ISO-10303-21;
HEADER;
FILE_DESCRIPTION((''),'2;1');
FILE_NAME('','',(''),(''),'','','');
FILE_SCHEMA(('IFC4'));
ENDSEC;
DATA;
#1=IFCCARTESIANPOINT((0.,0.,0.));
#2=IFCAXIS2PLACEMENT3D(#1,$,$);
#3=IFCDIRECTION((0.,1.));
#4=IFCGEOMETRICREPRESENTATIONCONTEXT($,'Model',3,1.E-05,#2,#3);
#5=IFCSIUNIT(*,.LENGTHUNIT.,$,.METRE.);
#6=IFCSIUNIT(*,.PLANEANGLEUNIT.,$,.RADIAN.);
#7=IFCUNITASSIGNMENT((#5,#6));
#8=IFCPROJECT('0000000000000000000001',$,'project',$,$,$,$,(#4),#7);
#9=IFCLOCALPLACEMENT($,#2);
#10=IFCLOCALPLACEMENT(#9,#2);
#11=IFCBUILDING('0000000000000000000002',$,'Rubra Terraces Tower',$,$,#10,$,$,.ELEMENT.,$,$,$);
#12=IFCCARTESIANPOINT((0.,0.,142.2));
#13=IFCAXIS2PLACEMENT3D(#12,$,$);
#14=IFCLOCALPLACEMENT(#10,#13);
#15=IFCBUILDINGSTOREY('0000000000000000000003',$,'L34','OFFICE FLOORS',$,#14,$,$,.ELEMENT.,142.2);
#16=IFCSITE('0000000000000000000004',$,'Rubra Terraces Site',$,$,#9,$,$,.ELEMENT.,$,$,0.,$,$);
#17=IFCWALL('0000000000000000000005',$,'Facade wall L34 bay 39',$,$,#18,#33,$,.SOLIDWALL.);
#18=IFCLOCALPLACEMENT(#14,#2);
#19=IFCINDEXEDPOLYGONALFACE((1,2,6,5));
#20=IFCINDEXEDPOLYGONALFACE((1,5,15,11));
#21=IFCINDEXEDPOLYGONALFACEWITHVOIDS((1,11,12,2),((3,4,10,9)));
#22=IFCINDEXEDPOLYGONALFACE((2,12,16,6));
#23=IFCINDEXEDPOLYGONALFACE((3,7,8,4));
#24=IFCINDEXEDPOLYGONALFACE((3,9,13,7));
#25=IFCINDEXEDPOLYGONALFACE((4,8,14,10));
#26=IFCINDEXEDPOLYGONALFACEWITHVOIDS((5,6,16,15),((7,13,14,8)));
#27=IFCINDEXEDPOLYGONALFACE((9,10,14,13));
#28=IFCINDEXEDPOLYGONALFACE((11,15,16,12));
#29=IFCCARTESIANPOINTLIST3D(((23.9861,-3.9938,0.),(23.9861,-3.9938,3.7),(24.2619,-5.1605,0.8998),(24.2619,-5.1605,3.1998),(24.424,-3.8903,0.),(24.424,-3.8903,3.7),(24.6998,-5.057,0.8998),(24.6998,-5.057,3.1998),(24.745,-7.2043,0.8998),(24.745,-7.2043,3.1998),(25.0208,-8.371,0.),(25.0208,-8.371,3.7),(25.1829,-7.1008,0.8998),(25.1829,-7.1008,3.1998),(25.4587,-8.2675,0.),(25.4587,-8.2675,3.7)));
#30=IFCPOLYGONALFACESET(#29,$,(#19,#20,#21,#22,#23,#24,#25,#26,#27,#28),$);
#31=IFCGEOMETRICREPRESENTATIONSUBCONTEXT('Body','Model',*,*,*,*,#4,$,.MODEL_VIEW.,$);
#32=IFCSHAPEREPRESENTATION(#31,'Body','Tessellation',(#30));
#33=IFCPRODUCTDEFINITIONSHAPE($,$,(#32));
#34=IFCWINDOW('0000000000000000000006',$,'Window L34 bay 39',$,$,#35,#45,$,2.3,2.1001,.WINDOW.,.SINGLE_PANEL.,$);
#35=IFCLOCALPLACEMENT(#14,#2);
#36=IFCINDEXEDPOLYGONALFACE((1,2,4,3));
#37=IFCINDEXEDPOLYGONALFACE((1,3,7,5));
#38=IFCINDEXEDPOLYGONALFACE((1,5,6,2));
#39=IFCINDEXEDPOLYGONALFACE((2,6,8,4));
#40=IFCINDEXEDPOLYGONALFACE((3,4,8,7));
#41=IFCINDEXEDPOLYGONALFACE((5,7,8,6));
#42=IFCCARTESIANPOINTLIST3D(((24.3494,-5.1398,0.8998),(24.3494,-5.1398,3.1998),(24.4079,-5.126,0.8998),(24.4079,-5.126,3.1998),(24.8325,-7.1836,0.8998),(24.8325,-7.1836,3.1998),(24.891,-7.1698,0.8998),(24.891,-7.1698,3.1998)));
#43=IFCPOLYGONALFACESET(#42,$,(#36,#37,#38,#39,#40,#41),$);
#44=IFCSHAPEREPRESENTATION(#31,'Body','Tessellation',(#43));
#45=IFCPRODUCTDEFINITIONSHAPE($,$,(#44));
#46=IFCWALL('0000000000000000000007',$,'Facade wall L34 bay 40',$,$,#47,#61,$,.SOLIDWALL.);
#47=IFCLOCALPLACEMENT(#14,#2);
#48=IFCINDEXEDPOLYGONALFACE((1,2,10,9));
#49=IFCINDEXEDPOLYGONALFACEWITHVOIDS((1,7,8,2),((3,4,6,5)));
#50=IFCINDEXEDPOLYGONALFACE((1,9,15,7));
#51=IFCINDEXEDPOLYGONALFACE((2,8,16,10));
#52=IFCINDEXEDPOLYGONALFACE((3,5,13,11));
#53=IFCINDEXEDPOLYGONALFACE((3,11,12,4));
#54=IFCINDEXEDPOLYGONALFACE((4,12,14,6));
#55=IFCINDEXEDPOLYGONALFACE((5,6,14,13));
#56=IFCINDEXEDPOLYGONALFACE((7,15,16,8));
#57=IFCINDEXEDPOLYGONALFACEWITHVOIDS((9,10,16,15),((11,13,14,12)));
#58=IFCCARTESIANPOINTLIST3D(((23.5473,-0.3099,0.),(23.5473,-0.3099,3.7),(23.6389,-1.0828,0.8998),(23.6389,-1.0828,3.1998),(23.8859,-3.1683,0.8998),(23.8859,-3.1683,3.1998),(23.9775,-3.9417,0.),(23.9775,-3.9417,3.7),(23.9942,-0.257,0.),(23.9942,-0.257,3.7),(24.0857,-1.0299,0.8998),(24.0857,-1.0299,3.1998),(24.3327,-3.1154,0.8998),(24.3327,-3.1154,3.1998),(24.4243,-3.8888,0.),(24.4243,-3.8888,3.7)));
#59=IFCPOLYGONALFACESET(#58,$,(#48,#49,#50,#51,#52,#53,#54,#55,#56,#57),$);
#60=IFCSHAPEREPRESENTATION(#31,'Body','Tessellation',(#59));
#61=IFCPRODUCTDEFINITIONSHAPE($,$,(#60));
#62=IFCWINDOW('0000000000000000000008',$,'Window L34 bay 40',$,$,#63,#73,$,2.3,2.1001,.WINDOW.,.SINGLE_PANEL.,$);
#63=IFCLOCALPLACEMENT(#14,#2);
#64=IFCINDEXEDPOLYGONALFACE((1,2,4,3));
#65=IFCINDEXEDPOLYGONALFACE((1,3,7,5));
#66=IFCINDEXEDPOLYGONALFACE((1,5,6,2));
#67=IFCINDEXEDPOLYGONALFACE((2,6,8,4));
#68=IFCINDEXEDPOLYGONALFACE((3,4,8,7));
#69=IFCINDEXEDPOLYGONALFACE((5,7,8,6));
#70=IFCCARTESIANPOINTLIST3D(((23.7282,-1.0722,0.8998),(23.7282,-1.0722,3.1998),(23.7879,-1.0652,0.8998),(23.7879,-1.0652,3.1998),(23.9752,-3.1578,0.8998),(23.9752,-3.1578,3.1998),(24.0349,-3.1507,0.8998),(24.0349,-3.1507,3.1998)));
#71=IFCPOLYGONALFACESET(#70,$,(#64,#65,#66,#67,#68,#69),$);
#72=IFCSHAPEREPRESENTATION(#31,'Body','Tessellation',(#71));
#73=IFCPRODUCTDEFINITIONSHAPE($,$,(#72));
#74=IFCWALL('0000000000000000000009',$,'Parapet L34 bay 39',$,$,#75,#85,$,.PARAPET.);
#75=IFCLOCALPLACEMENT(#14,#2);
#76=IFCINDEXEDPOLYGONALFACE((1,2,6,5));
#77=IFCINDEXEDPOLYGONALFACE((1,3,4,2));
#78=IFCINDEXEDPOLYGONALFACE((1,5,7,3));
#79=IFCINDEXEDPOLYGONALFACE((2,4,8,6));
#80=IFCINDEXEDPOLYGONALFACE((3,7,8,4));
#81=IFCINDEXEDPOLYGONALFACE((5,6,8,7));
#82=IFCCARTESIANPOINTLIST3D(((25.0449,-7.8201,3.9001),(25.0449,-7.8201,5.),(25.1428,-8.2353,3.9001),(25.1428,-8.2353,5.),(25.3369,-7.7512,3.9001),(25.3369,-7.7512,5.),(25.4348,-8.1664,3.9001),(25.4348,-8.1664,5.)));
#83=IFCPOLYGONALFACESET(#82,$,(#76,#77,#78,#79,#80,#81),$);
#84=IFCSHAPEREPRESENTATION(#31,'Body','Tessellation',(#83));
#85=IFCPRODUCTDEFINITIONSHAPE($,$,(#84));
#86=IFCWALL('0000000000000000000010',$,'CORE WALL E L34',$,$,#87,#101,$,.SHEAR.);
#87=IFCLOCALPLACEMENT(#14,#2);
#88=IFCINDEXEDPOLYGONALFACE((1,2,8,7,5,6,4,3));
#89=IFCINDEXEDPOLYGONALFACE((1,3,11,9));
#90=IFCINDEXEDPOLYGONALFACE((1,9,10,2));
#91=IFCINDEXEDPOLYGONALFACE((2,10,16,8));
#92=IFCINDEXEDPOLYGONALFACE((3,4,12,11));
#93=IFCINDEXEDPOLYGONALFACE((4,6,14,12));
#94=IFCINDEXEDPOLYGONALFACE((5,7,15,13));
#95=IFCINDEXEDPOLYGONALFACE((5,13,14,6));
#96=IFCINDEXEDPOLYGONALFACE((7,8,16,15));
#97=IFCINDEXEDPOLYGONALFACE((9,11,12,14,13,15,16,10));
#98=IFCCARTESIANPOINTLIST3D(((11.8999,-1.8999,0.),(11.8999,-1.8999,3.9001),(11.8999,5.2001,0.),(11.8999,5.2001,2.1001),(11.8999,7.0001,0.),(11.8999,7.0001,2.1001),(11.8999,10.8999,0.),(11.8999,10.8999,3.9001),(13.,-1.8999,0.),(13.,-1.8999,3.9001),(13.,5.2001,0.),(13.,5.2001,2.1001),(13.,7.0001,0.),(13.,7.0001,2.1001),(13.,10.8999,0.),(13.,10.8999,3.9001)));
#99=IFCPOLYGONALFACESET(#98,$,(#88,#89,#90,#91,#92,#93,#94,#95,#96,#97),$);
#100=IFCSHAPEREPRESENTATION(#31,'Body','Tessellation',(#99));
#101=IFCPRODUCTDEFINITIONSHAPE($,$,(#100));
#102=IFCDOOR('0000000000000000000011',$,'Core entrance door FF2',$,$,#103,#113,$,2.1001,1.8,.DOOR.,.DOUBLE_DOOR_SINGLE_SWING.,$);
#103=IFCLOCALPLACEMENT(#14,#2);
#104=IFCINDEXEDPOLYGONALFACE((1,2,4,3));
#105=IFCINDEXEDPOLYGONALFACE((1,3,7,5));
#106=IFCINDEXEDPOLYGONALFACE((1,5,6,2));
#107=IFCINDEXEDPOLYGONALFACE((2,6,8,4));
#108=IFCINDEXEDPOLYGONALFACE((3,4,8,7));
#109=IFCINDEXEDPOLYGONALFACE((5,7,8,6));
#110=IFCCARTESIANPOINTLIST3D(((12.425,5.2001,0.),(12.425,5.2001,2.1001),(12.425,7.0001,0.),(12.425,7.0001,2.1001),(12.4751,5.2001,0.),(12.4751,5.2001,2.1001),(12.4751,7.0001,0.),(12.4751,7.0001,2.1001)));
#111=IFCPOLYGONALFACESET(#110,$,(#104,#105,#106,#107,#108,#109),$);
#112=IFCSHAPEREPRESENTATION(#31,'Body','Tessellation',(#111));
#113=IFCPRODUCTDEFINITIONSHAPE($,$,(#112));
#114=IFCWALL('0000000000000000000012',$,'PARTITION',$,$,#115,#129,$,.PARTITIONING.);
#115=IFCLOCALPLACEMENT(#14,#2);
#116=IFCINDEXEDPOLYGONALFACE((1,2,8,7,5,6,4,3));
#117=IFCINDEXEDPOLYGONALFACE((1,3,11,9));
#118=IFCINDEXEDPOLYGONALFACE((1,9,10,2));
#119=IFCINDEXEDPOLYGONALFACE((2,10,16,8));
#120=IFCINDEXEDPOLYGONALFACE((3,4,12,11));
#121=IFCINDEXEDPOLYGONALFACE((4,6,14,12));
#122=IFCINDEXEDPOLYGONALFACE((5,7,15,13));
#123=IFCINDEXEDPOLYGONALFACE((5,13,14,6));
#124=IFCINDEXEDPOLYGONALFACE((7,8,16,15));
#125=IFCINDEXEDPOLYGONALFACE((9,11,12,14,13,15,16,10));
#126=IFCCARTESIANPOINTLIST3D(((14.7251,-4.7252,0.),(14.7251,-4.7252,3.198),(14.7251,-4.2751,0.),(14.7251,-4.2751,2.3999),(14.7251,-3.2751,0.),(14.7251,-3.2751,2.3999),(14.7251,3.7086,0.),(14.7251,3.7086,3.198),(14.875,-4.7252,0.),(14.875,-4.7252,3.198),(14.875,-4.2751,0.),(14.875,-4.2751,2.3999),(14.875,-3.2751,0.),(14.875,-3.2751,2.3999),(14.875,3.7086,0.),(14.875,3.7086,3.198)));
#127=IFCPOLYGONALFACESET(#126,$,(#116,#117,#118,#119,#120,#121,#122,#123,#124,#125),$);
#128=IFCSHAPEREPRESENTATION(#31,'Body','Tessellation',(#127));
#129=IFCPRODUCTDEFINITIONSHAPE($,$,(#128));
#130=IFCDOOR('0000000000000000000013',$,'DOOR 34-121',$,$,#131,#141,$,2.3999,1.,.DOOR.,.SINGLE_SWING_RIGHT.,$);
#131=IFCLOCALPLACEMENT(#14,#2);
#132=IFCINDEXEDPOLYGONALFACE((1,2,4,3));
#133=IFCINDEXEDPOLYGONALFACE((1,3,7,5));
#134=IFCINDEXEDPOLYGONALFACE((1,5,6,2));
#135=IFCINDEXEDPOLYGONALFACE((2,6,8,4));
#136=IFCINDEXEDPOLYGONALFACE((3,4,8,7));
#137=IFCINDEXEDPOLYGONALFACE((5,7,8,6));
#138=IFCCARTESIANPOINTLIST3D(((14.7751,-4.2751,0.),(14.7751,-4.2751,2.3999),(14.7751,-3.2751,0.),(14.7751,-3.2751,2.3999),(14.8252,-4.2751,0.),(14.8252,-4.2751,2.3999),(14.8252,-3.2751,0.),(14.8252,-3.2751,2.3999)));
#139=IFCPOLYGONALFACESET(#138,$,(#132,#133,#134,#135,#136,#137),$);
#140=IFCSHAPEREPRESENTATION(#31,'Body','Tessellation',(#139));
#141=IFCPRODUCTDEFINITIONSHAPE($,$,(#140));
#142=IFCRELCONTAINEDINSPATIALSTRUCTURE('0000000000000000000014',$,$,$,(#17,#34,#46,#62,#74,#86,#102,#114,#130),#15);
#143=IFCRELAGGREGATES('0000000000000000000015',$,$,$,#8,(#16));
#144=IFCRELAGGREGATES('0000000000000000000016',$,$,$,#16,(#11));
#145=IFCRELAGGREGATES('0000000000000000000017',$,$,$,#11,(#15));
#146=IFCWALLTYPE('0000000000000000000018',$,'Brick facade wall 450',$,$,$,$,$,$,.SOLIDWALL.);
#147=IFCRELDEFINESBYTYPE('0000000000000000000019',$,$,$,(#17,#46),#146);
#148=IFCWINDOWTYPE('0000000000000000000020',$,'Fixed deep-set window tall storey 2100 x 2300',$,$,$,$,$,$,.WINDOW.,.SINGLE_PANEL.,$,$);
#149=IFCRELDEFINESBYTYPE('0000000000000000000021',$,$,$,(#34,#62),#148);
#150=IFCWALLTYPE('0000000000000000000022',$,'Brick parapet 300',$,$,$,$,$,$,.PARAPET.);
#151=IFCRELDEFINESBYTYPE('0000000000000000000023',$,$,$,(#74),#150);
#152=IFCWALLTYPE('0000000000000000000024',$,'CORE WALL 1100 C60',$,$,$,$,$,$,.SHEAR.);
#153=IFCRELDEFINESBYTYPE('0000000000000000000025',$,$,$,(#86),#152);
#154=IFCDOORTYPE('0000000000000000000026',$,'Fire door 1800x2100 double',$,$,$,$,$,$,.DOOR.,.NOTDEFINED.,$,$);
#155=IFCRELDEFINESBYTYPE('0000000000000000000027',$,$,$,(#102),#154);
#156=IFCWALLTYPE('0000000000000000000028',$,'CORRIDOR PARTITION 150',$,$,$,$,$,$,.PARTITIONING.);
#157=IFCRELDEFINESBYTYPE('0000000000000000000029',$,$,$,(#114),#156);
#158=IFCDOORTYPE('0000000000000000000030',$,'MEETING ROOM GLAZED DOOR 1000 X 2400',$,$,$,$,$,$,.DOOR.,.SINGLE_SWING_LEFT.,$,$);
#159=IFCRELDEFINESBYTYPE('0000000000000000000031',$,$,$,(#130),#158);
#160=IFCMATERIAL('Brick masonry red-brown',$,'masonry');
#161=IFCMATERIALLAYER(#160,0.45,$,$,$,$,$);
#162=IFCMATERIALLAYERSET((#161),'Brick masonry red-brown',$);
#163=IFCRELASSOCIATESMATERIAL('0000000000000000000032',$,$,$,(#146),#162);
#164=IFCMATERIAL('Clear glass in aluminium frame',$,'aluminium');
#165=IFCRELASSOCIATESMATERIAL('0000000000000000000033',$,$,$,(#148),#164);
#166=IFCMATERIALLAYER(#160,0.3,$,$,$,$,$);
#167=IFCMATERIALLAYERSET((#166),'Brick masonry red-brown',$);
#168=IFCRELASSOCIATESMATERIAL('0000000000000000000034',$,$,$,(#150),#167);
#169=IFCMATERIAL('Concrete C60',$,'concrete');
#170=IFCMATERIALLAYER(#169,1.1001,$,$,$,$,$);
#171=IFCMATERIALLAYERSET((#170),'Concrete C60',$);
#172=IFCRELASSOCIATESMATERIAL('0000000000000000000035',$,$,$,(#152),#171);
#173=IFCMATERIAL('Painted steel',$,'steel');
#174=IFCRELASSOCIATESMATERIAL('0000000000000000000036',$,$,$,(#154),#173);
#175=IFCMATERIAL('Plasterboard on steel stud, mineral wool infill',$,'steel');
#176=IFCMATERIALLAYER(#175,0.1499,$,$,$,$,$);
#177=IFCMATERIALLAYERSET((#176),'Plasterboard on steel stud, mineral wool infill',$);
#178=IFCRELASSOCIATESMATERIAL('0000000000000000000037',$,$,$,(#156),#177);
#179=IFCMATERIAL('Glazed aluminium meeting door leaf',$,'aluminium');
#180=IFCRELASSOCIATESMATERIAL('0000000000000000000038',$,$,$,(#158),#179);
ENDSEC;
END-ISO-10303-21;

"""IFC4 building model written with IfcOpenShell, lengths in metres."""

from ifc_helpers import new_model, si_unit, direction, frame, frame_2d, origin, place, context, subcontext, project, spatial, rectangle, extrude, material, layer, layer_set, type_object, element, fill, save


model = new_model("IFC4")

# Units and contexts
model_context = context("Model", 3, precision=1e-05, world=origin(), true_north=direction((0.0, 1.0)))
body_context = subcontext(model_context, "Body", "Model", "MODEL_VIEW")
ifc_project = project(units=[si_unit("LENGTHUNIT", "METRE"), si_unit("PLANEANGLEUNIT", "RADIAN")], contexts=[model_context])

# Site, building, storey
site_placement = place(None, origin())
site = spatial("IfcSite", under=ifc_project, at=site_placement, Name="Rubra Terraces Site", CompositionType="ELEMENT", RefElevation=0.0)
building_placement = place(site_placement, origin())
building = spatial("IfcBuilding", under=site, at=building_placement, Name="Rubra Terraces Tower", CompositionType="ELEMENT")
storey_placement = place(building_placement, frame((0.0, 0.0, 142.2)))
storey = spatial("IfcBuildingStorey", under=building, at=storey_placement, Name="L34", Description="OFFICE FLOORS", CompositionType="ELEMENT", Elevation=142.2)

# Walls, openings, windows
ifc_material_1 = material(Name="Brick masonry red-brown", Category="masonry")
ifc_layer_1 = layer(ifc_material_1, 0.45)
ifc_layer_set_1 = layer_set([ifc_layer_1], Name="Brick masonry red-brown")
wall_type_1 = type_object("IfcWallType", Name="Brick facade wall 450", PredefinedType="SOLIDWALL", material=ifc_layer_set_1)
ifc_material_2 = material(Name="Clear glass in aluminium frame", Category="aluminium")
window_type = type_object("IfcWindowType", Name="Fixed deep-set window tall storey 2100 x 2300", PartitioningType="SINGLE_PANEL", PredefinedType="WINDOW", material=ifc_material_2)
wall_1_placement = place(storey_placement, frame((25.2397, -8.3193, 0.0), z_axis=(0.0, 0.0, 1.0), x_axis=(-0.230038, 0.973182, 0.0)))
wall_1 = element("IfcWall", 1, at=wall_1_placement, inside=storey, type_object=wall_type_1, Name="Facade wall L34 bay 39", PredefinedType="SOLIDWALL", context=body_context, shape_type="SweptSolid", body=[
    extrude(rectangle(XDim=4.4978, YDim=0.45, at=frame_2d((2.249, 0.0))), origin(), (0.0, 0.0, 1.0), 3.7),
])
opening_1_placement = place(wall_1_placement, frame((1.199, 0.0, 0.8999)))
opening_1 = element("IfcOpeningElement", 2, at=opening_1_placement, cuts=wall_1, PredefinedType="OPENING", context=body_context, shape_type="SweptSolid", body=[
    extrude(rectangle(XDim=2.1001, YDim=2.3, at=frame_2d((1.05, 1.1499))), frame((0.0, 0.2349, 0.0), z_axis=(0.0, -1.0, 0.0), x_axis=(1.0, 0.0, 0.0)), (0.0, 0.0, 1.0), 0.47),
])
window_1_placement = place(opening_1_placement, origin())
window_1 = element("IfcWindow", 3, at=window_1_placement, inside=storey, type_object=window_type, Name="Window L34 bay 39", OverallHeight=2.3, OverallWidth=2.1001, PartitioningType="SINGLE_PANEL", PredefinedType="WINDOW", context=body_context, shape_type="SweptSolid", body=[
    extrude(rectangle(XDim=2.1001, YDim=2.3, at=frame_2d((1.05, 1.1499))), frame((0.0, 0.135, 0.0), z_axis=(0.0, -1.0, 0.0), x_axis=(1.0, 0.0, 0.0)), (0.0, 0.0, 1.0), 0.0601),
])
fill(opening_1, window_1)
wall_2_placement = place(storey_placement, frame((24.2009, -3.9153, 0.0), z_axis=(0.0, 0.0, 1.0), x_axis=(-0.117624, 0.993058, 0.0)))
wall_2 = element("IfcWall", 4, at=wall_2_placement, inside=storey, type_object=wall_type_1, Name="Facade wall L34 bay 40", PredefinedType="SOLIDWALL", context=body_context, shape_type="SweptSolid", body=[
    extrude(rectangle(XDim=3.6572, YDim=0.45, at=frame_2d((1.8286, 0.0))), origin(), (0.0, 0.0, 1.0), 3.7),
])
opening_2_placement = place(wall_2_placement, frame((0.7788, 0.0, 0.8999)))
opening_2 = element("IfcOpeningElement", 5, at=opening_2_placement, cuts=wall_2, PredefinedType="OPENING", context=body_context, shape_type="SweptSolid", body=[
    extrude(rectangle(XDim=2.1001, YDim=2.3, at=frame_2d((1.05, 1.1499))), frame((0.0, 0.2349, 0.0), z_axis=(0.0, -1.0, 0.0), x_axis=(1.0, 0.0, 0.0)), (0.0, 0.0, 1.0), 0.47),
])
window_2_placement = place(opening_2_placement, origin())
window_2 = element("IfcWindow", 6, at=window_2_placement, inside=storey, type_object=window_type, Name="Window L34 bay 40", OverallHeight=2.3, OverallWidth=2.1001, PartitioningType="SINGLE_PANEL", PredefinedType="WINDOW", context=body_context, shape_type="SweptSolid", body=[
    extrude(rectangle(XDim=2.1001, YDim=2.3, at=frame_2d((1.05, 1.1499))), frame((0.0, 0.135, 0.0), z_axis=(0.0, -1.0, 0.0), x_axis=(1.0, 0.0, 0.0)), (0.0, 0.0, 1.0), 0.0601),
])
fill(opening_2, window_2)

# Wall
ifc_layer_2 = layer(ifc_material_1, 0.3)
ifc_layer_set_2 = layer_set([ifc_layer_2], Name="Brick masonry red-brown")
wall_type_2 = type_object("IfcWallType", Name="Brick parapet 300", PredefinedType="PARAPET", material=ifc_layer_set_2)
wall_3_placement = place(storey_placement, frame((25.2888, -8.2009, 3.9001), z_axis=(0.0, 0.0, 1.0), x_axis=(-0.229582, 0.973289, 0.0)))
element("IfcWall", 7, at=wall_3_placement, inside=storey, type_object=wall_type_2, Name="Parapet L34 bay 39", PredefinedType="PARAPET", context=body_context, shape_type="SweptSolid", body=[
    extrude(rectangle(XDim=0.4265, YDim=0.3, at=frame_2d((0.2134, 0.0))), origin(), (0.0, 0.0, 1.0), 1.0999),
])

# Walls, openings, doors
ifc_material_3 = material(Name="Concrete C60", Category="concrete")
ifc_layer_3 = layer(ifc_material_3, 1.1001)
ifc_layer_set_3 = layer_set([ifc_layer_3], Name="Concrete C60")
wall_type_3 = type_object("IfcWallType", Name="CORE WALL 1100 C60", PredefinedType="SHEAR", material=ifc_layer_set_3)
wall_4_placement = place(storey_placement, frame((12.45, -1.8999, 0.0), z_axis=(0.0, 0.0, 1.0), x_axis=(0.0, 1.0, 0.0)))
wall_4 = element("IfcWall", 8, at=wall_4_placement, inside=storey, type_object=wall_type_3, Name="CORE WALL E L34", PredefinedType="SHEAR", context=body_context, shape_type="SweptSolid", body=[
    extrude(rectangle(XDim=12.7998, YDim=1.1001, at=frame_2d((6.3999, 0.0))), origin(), (0.0, 0.0, 1.0), 3.9001),
])
opening_3_placement = place(wall_4_placement, frame((7.1001, 0.0, 0.0)))
opening_3 = element("IfcOpeningElement", 9, at=opening_3_placement, cuts=wall_4, PredefinedType="OPENING", context=body_context, shape_type="SweptSolid", body=[
    extrude(rectangle(XDim=1.8, YDim=2.1001, at=frame_2d((0.8999, 1.05))), frame((0.0, 0.5601, 0.0), z_axis=(0.0, -1.0, 0.0), x_axis=(1.0, 0.0, 0.0)), (0.0, 0.0, 1.0), 1.1201),
])
ifc_material_4 = material(Name="Painted steel", Category="steel")
door_type_1 = type_object("IfcDoorType", Name="Fire door 1800x2100 double", OperationType="NOTDEFINED", PredefinedType="DOOR", material=ifc_material_4)
door_1_placement = place(opening_3_placement, origin())
door_1 = element("IfcDoor", 10, at=door_1_placement, inside=storey, type_object=door_type_1, Name="Core entrance door FF2", OperationType="DOUBLE_DOOR_SINGLE_SWING", OverallHeight=2.1001, OverallWidth=1.8, PredefinedType="DOOR", context=body_context, shape_type="SweptSolid", body=[
    extrude(rectangle(XDim=1.8, YDim=2.1001, at=frame_2d((0.8999, 1.05))), frame((0.0, 0.0249, 0.0), z_axis=(0.0, -1.0, 0.0), x_axis=(1.0, 0.0, 0.0)), (0.0, 0.0, 1.0), 0.05),
])
fill(opening_3, door_1)
ifc_material_5 = material(Name="Plasterboard on steel stud, mineral wool infill", Category="steel")
ifc_layer_4 = layer(ifc_material_5, 0.1499)
ifc_layer_set_4 = layer_set([ifc_layer_4], Name="Plasterboard on steel stud, mineral wool infill")
wall_type_4 = type_object("IfcWallType", Name="CORRIDOR PARTITION 150", PredefinedType="PARTITIONING", material=ifc_layer_set_4)
wall_5_placement = place(storey_placement, frame((14.8, -4.7251, 0.0), z_axis=(0.0, 0.0, 1.0), x_axis=(0.0, 1.0, 0.0)))
wall_5 = element("IfcWall", 11, at=wall_5_placement, inside=storey, type_object=wall_type_4, Name="PARTITION", PredefinedType="PARTITIONING", context=body_context, shape_type="SweptSolid", body=[
    extrude(rectangle(XDim=8.4338, YDim=0.1499, at=frame_2d((4.2168, 0.0))), origin(), (0.0, 0.0, 1.0), 3.198),
])
opening_4_placement = place(wall_5_placement, frame((0.45, 0.0, 0.0)))
opening_4 = element("IfcOpeningElement", 12, at=opening_4_placement, cuts=wall_5, PredefinedType="OPENING", context=body_context, shape_type="SweptSolid", body=[
    extrude(rectangle(XDim=1.0, YDim=2.3999, at=frame_2d((0.5, 1.2))), frame((0.0, 0.085, 0.0), z_axis=(0.0, -1.0, 0.0), x_axis=(1.0, 0.0, 0.0)), (0.0, 0.0, 1.0), 0.1699),
])
ifc_material_6 = material(Name="Glazed aluminium meeting door leaf", Category="aluminium")
door_type_2 = type_object("IfcDoorType", Name="MEETING ROOM GLAZED DOOR 1000 X 2400", OperationType="SINGLE_SWING_LEFT", PredefinedType="DOOR", material=ifc_material_6)
door_2_placement = place(opening_4_placement, origin())
door_2 = element("IfcDoor", 13, at=door_2_placement, inside=storey, type_object=door_type_2, Name="DOOR 34-121", OperationType="SINGLE_SWING_RIGHT", OverallHeight=2.3999, OverallWidth=1.0, PredefinedType="DOOR", context=body_context, shape_type="SweptSolid", body=[
    extrude(rectangle(XDim=1.0, YDim=2.3999, at=frame_2d((0.5, 1.2))), frame((0.0, 0.0249, 0.0), z_axis=(0.0, -1.0, 0.0), x_axis=(1.0, 0.0, 0.0)), (0.0, 0.0, 1.0), 0.05),
])
fill(opening_4, door_2)

save(model, "model.ifc")
